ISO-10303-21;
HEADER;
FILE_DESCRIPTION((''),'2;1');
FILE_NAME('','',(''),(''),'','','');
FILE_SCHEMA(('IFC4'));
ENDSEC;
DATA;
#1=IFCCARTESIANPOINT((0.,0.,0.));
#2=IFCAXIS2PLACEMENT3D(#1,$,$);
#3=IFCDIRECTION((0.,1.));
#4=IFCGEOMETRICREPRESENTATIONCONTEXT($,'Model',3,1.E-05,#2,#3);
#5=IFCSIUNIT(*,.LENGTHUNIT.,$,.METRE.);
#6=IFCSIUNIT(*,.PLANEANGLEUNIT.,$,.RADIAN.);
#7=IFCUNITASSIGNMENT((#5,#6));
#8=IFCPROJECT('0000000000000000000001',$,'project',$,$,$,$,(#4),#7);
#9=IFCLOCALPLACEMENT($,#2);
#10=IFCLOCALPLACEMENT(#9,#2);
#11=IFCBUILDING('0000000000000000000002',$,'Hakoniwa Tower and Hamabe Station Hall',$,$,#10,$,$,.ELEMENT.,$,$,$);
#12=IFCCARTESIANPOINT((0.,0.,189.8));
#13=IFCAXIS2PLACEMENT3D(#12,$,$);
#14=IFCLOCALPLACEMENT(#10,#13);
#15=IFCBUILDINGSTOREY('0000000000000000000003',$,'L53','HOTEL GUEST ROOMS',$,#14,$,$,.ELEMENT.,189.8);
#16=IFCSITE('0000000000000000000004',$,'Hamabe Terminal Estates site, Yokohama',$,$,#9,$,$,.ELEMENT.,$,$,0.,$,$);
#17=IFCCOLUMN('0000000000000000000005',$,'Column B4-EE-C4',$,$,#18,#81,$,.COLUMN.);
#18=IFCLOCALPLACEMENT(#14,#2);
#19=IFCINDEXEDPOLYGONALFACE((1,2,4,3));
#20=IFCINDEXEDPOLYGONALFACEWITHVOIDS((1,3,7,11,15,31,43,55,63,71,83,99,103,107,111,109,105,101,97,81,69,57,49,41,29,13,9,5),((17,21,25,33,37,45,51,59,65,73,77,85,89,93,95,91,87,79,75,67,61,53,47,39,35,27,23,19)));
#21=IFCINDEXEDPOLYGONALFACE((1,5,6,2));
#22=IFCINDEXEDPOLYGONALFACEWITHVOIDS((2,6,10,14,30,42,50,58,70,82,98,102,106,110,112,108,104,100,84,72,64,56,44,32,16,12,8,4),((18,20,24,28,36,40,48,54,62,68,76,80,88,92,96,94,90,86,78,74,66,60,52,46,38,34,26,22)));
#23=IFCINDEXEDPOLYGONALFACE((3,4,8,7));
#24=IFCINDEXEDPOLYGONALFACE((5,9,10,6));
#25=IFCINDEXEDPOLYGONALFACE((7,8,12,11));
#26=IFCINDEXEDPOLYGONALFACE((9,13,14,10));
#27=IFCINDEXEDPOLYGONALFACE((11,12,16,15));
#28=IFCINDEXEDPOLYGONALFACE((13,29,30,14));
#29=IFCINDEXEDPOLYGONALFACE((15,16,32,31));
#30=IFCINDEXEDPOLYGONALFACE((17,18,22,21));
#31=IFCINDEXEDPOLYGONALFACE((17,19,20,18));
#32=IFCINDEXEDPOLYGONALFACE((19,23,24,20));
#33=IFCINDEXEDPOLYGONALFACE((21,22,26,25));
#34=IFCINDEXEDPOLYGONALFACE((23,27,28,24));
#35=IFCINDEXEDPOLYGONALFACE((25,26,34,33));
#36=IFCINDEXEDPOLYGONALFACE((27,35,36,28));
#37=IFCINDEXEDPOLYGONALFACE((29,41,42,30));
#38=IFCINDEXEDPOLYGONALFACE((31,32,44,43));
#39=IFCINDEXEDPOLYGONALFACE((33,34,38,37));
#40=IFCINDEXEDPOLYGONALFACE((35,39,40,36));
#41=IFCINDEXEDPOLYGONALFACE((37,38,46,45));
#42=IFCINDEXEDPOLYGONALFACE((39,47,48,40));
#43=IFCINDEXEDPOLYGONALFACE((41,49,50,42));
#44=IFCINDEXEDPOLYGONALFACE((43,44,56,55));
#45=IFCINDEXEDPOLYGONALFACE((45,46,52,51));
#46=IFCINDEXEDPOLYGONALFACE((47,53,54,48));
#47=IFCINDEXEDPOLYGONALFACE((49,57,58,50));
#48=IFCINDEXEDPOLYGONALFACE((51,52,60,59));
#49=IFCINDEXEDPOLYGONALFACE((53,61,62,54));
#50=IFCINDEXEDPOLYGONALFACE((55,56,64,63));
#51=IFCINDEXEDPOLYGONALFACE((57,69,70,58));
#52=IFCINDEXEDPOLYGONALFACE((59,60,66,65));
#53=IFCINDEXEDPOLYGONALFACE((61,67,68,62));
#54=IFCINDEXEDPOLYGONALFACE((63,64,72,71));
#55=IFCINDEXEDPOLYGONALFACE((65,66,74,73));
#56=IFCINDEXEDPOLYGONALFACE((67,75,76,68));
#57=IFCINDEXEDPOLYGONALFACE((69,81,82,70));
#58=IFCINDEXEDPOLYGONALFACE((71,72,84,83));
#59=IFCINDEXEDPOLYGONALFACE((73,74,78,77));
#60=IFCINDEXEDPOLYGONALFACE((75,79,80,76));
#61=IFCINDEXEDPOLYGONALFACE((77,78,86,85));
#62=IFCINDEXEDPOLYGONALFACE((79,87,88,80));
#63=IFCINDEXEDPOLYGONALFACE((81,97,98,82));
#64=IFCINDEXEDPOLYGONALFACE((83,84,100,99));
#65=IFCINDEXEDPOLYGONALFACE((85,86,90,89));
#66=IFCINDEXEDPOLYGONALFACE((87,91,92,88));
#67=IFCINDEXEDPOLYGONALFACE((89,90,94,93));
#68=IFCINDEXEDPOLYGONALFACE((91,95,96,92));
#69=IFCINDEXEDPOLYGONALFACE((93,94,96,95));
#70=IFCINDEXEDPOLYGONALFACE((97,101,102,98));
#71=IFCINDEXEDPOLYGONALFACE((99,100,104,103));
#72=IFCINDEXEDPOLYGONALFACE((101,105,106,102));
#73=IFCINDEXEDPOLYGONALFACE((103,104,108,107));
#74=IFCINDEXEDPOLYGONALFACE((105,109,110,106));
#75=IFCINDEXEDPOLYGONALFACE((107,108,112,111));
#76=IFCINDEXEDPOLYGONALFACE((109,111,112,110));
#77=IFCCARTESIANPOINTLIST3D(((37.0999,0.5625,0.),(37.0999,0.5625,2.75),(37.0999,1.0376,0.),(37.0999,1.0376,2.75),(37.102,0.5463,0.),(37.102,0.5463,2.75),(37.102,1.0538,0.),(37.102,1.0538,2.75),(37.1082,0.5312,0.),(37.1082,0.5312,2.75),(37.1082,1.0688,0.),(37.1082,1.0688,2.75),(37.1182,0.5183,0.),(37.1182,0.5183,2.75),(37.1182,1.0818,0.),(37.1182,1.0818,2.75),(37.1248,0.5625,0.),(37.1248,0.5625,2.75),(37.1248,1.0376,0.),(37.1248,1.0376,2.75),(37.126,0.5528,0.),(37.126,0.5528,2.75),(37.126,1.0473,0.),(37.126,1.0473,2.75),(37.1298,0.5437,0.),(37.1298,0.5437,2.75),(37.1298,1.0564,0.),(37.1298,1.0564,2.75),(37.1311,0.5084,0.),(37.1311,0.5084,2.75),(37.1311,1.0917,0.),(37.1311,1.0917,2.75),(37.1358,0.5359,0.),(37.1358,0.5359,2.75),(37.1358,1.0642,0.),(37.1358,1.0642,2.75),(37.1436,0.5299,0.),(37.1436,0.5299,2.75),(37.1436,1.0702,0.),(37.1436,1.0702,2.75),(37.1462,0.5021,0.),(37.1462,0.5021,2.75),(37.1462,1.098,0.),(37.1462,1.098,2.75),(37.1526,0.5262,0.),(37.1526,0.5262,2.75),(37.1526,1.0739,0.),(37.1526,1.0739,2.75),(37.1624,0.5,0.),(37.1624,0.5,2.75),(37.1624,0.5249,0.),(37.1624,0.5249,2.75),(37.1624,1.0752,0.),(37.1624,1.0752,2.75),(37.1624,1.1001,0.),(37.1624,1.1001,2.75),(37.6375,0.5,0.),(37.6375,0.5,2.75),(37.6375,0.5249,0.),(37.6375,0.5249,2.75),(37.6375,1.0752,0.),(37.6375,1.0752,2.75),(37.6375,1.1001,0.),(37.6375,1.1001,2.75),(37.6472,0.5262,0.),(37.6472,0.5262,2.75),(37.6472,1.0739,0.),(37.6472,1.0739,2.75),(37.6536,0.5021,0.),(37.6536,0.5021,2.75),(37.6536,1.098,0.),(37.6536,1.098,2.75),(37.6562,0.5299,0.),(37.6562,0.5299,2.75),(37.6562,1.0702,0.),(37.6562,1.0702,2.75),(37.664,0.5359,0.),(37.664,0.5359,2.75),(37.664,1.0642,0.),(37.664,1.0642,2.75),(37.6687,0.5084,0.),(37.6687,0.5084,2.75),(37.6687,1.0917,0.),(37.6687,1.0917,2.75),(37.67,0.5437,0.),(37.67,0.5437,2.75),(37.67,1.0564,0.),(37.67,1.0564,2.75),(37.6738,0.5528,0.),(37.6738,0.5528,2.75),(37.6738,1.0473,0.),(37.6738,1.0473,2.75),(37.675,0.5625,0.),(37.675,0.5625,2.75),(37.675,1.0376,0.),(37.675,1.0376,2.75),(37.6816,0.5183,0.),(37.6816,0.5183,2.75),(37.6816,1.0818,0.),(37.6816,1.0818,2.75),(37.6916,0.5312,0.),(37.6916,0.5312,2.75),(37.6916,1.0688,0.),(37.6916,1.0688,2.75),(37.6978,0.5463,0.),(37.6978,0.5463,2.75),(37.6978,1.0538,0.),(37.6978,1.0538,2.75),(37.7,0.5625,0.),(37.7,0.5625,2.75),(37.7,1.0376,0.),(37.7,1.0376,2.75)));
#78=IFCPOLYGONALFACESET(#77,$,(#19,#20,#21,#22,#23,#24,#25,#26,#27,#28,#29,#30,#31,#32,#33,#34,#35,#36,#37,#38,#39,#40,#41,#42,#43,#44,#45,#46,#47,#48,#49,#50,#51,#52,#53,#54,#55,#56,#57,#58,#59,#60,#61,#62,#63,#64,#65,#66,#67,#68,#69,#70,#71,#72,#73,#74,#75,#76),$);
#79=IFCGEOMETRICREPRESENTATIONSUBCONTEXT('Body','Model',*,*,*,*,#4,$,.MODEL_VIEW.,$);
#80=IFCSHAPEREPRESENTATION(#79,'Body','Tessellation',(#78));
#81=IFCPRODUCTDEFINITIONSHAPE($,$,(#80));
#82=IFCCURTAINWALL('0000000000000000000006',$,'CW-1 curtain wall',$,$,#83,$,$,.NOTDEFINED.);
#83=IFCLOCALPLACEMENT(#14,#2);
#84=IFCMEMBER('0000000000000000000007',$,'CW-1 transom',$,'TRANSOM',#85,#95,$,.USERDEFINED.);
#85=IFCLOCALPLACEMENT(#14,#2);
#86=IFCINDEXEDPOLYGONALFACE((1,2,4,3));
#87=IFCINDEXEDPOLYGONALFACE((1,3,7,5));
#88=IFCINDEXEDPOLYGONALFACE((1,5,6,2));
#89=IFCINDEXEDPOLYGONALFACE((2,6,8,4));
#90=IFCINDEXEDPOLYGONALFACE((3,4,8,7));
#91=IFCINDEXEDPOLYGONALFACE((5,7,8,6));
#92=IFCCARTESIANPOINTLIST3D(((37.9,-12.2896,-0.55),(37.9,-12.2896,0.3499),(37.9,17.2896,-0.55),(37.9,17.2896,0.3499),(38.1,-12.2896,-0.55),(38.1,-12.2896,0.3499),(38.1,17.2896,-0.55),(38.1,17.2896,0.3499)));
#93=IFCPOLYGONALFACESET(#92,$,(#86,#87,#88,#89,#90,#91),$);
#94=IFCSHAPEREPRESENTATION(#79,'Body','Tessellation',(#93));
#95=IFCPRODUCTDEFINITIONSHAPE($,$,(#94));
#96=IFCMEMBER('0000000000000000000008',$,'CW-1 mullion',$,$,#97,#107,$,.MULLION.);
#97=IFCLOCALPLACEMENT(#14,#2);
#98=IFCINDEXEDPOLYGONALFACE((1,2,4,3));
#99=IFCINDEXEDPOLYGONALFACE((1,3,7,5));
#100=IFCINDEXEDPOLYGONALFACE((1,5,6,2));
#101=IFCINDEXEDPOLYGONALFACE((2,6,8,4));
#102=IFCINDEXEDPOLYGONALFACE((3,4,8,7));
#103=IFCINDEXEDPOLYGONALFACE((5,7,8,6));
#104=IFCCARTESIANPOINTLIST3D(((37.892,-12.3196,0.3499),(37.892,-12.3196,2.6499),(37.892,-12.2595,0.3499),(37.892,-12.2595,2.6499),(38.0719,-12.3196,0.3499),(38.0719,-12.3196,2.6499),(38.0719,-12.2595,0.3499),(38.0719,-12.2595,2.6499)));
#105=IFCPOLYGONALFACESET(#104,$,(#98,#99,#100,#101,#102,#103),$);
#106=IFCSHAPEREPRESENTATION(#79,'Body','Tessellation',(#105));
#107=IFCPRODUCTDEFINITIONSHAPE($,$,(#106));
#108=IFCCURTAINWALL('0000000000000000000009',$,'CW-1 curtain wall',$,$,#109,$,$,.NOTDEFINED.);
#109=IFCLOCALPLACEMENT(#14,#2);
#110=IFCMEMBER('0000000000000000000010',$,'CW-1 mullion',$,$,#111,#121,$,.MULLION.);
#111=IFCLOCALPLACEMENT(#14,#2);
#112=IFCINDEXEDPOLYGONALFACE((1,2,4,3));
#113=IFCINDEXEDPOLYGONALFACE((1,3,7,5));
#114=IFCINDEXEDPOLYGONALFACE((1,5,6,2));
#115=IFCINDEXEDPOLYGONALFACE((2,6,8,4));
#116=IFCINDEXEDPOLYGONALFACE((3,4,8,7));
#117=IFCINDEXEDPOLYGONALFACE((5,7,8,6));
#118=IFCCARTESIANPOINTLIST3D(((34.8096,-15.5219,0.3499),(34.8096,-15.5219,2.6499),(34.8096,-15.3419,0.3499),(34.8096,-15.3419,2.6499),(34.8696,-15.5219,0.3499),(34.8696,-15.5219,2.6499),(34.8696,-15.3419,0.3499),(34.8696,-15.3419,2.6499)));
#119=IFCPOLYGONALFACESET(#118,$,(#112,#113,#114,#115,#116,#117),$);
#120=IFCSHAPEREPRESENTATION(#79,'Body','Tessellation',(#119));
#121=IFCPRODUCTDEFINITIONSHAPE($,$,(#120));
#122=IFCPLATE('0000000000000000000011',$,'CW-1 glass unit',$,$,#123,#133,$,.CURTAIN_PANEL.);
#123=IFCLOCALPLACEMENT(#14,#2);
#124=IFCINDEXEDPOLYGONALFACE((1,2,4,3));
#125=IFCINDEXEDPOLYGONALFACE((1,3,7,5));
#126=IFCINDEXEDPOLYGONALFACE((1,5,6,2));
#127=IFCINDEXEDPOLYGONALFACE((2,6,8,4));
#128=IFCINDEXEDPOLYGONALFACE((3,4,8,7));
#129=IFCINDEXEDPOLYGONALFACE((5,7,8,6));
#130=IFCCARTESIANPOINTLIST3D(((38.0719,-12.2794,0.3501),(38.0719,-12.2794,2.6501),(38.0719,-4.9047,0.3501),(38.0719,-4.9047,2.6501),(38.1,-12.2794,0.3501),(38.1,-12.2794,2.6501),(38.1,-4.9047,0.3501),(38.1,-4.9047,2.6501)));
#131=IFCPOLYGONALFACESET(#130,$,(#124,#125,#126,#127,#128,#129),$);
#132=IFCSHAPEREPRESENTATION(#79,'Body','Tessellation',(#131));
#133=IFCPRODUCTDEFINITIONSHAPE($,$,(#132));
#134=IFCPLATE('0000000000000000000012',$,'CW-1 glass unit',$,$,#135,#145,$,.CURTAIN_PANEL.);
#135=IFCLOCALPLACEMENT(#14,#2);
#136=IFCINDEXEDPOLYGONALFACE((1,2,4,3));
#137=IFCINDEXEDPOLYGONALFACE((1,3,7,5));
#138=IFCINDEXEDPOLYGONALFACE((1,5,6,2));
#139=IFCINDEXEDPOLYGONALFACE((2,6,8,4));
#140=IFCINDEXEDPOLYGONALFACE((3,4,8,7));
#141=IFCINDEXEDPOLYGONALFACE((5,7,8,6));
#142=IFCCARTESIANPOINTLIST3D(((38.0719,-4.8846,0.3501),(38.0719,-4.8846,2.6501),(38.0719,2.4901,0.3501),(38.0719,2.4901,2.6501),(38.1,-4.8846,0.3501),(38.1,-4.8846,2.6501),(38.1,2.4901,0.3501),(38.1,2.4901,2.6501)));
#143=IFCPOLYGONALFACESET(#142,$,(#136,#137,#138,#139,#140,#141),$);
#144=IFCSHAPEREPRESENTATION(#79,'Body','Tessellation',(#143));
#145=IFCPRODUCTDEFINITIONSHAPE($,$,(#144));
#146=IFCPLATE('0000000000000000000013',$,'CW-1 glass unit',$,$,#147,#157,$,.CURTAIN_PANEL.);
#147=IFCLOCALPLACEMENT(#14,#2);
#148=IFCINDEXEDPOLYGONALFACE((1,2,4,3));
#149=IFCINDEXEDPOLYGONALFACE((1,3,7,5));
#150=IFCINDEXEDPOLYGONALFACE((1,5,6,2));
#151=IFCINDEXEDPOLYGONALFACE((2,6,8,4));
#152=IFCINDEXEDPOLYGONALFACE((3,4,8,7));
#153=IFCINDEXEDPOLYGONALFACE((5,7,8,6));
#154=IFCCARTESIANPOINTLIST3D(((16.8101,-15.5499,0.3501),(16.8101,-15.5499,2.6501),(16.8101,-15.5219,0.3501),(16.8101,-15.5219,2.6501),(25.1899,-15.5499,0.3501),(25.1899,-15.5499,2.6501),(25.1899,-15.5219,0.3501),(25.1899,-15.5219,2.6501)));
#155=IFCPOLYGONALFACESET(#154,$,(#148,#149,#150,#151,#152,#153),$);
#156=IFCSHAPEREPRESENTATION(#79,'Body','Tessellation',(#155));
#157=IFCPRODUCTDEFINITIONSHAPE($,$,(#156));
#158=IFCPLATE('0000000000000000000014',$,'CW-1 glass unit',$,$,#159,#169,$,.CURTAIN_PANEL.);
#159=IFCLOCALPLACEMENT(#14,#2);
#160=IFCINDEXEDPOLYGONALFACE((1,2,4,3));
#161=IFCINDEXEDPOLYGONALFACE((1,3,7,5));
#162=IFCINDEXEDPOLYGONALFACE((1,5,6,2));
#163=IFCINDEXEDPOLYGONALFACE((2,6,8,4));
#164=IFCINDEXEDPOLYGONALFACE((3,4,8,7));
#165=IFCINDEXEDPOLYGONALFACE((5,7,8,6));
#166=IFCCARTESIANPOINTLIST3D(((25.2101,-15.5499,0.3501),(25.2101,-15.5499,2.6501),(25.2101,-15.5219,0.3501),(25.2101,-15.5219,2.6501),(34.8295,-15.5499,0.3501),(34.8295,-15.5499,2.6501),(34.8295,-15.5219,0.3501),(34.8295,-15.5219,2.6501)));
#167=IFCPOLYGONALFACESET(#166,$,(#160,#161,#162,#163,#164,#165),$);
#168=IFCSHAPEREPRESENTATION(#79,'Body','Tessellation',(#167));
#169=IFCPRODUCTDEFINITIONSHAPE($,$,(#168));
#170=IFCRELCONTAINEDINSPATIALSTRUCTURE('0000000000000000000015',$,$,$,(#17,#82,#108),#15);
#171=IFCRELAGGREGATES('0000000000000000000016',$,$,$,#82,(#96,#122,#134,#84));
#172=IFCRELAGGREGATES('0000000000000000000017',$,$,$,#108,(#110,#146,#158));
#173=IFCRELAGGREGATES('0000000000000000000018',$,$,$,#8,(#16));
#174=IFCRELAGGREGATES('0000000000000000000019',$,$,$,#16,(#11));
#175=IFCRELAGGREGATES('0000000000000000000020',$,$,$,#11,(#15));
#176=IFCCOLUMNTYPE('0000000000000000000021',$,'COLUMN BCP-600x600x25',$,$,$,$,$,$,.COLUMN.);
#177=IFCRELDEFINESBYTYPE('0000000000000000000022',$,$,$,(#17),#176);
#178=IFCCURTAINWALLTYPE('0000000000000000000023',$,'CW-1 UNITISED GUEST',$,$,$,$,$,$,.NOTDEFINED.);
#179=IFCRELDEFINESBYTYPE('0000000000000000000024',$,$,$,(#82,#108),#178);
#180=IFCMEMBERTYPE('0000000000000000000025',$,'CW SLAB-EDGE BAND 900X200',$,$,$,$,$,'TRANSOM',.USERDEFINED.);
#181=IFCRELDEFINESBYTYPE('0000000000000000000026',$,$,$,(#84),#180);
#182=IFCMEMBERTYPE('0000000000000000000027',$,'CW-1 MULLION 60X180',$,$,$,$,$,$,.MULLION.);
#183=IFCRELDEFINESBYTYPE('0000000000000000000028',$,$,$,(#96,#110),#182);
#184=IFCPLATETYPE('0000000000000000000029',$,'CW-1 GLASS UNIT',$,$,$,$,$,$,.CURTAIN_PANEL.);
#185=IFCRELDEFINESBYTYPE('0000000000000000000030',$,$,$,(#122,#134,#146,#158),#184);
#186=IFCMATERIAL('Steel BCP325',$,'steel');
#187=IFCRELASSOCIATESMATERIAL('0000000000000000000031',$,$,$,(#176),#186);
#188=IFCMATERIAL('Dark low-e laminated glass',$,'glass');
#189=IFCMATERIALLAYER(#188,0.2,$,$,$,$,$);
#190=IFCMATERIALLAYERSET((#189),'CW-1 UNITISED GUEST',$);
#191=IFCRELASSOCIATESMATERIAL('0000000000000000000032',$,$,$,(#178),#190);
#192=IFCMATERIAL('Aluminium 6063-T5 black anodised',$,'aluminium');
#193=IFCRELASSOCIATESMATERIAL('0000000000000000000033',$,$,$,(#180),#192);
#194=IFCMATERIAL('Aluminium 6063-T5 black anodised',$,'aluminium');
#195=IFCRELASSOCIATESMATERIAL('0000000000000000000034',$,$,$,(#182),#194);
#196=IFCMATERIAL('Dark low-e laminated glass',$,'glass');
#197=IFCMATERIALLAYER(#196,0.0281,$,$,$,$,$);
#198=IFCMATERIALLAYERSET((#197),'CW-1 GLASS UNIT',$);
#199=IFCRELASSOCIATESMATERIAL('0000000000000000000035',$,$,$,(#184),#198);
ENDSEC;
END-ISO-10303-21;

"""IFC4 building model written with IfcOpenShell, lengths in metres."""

from ifc_helpers import new_model, si_unit, direction, frame, origin, origin_2d, place, context, subcontext, project, spatial, rectangle, hollow_rectangle, extrude, material, layer, layer_set, material_profile, profile_set, type_object, element, aggregate, save


model = new_model("IFC4")

# Units and contexts
model_context = context("Model", 3, precision=1e-05, world=origin(), true_north=direction((0.0, 1.0)))
body_context = subcontext(model_context, "Body", "Model", "MODEL_VIEW")
ifc_project = project(units=[si_unit("LENGTHUNIT", "METRE"), si_unit("PLANEANGLEUNIT", "RADIAN")], contexts=[model_context])

# Site, building, storey
site_placement = place(None, origin())
site = spatial("IfcSite", under=ifc_project, at=site_placement, Name="Hamabe Terminal Estates site, Yokohama", CompositionType="ELEMENT", RefElevation=0.0)
building_placement = place(site_placement, origin())
building = spatial("IfcBuilding", under=site, at=building_placement, Name="Hakoniwa Tower and Hamabe Station Hall", CompositionType="ELEMENT")
storey_placement = place(building_placement, frame((0.0, 0.0, 189.8)))
storey = spatial("IfcBuildingStorey", under=building, at=storey_placement, Name="L53", Description="HOTEL GUEST ROOMS", CompositionType="ELEMENT", Elevation=189.8)

# Column
ifc_material_1 = material(Name="Steel BCP325", Category="steel")
ifc_material_profile_1 = material_profile(ifc_material_1, hollow_rectangle(XDim=0.6001, YDim=0.6001, WallThickness=0.0249, InnerFilletRadius=0.0376, OuterFilletRadius=0.0625, at=origin_2d()), Name="BCP-600x600x25")
ifc_profile_set_1 = profile_set([ifc_material_profile_1], Name="Steel BCP325")
column_type = type_object("IfcColumnType", Name="COLUMN BCP-600x600x25", PredefinedType="COLUMN", material=ifc_profile_set_1)
for number, where, z_axis, x_axis, name in (
    (1, (37.3999, 0.8, 0.0), (0.0, 0.0, 1.0), (1.0, 0.0, 0.0), "Column B4-EE-C4"),
):
    element("IfcColumn", number, at=place(storey_placement, frame(where, z_axis=z_axis, x_axis=x_axis)), inside=storey, type_object=column_type, Name=name, PredefinedType="COLUMN", context=body_context, shape_type="SweptSolid", body=[
        extrude(hollow_rectangle(XDim=0.6001, YDim=0.6001, WallThickness=0.0249, InnerFilletRadius=0.0376, OuterFilletRadius=0.0625, at=origin_2d()), origin(), (0.0, 0.0, 1.0), 2.75),
    ])

# Curtain wall, members
ifc_material_2 = material(Name="Dark low-e laminated glass", Category="glass")
ifc_layer_1 = layer(ifc_material_2, 0.2)
ifc_layer_set_1 = layer_set([ifc_layer_1], Name="CW-1 UNITISED GUEST")
curtain_wall_type = type_object("IfcCurtainWallType", Name="CW-1 UNITISED GUEST", PredefinedType="NOTDEFINED", material=ifc_layer_set_1)
curtain_wall_1_placement = place(storey_placement, origin())
curtain_wall_1 = element("IfcCurtainWall", 2, at=curtain_wall_1_placement, inside=storey, type_object=curtain_wall_type, Name="CW-1 curtain wall", PredefinedType="NOTDEFINED")
ifc_material_3 = material(Name="Aluminium 6063-T5 black anodised", Category="aluminium")
ifc_material_profile_2 = material_profile(ifc_material_3, rectangle(XDim=0.2, YDim=0.8999, at=origin_2d()), Name="CW SLAB-EDGE BAND 900X200")
ifc_profile_set_2 = profile_set([ifc_material_profile_2], Name="Aluminium 6063-T5 black anodised")
member_type_1 = type_object("IfcMemberType", Name="CW SLAB-EDGE BAND 900X200", ElementType="TRANSOM", PredefinedType="USERDEFINED", material=ifc_profile_set_2)
member_1_placement = place(storey_placement, frame((38.0, -12.2896, -0.1001), z_axis=(0.0, 1.0, 0.0), x_axis=(-1.0, 0.0, 0.0)))
member_1 = element("IfcMember", 3, at=member_1_placement, type_object=member_type_1, Name="CW-1 transom", ObjectType="TRANSOM", PredefinedType="USERDEFINED", context=body_context, shape_type="SweptSolid", body=[
    extrude(rectangle(XDim=0.2, YDim=0.8999, at=origin_2d()), origin(), (0.0, 0.0, 1.0), 29.5791),
])
ifc_material_4 = material(Name="Aluminium 6063-T5 black anodised", Category="aluminium")
ifc_material_profile_3 = material_profile(ifc_material_4, rectangle(XDim=0.0601, YDim=0.1799, at=origin_2d()), Name="CW-1 MULLION 60X180")
ifc_profile_set_3 = profile_set([ifc_material_profile_3], Name="Aluminium 6063-T5 black anodised")
member_type_2 = type_object("IfcMemberType", Name="CW-1 MULLION 60X180", PredefinedType="MULLION", material=ifc_profile_set_3)
member_2_placement = place(storey_placement, frame((37.9819, -12.2896, 0.3499), z_axis=(0.0, 0.0, 1.0), x_axis=(0.0, 1.0, 0.0)))
member_2 = element("IfcMember", 4, at=member_2_placement, type_object=member_type_2, Name="CW-1 mullion", PredefinedType="MULLION", context=body_context, shape_type="SweptSolid", body=[
    extrude(rectangle(XDim=0.0601, YDim=0.1799, at=origin_2d()), origin(), (0.0, 0.0, 1.0), 2.3),
])

# Curtain wall, member
curtain_wall_2_placement = place(storey_placement, origin())
curtain_wall_2 = element("IfcCurtainWall", 5, at=curtain_wall_2_placement, inside=storey, type_object=curtain_wall_type, Name="CW-1 curtain wall", PredefinedType="NOTDEFINED")
member_3_placement = place(storey_placement, frame((34.8396, -15.4319, 0.3499), z_axis=(0.0, 0.0, 1.0), x_axis=(1.0, 0.0, 0.0)))
member_3 = element("IfcMember", 6, at=member_3_placement, type_object=member_type_2, Name="CW-1 mullion", PredefinedType="MULLION", context=body_context, shape_type="SweptSolid", body=[
    extrude(rectangle(XDim=0.0601, YDim=0.1799, at=origin_2d()), origin(), (0.0, 0.0, 1.0), 2.3),
])

# Plates
ifc_material_5 = material(Name="Dark low-e laminated glass", Category="glass")
ifc_layer_2 = layer(ifc_material_5, 0.0281)
ifc_layer_set_2 = layer_set([ifc_layer_2], Name="CW-1 GLASS UNIT")
plate_type = type_object("IfcPlateType", Name="CW-1 GLASS UNIT", PredefinedType="CURTAIN_PANEL", material=ifc_layer_set_2)
plate_1_placement = place(storey_placement, frame((38.0859, -8.592, 0.3501), z_axis=(0.0, 0.0, 1.0), x_axis=(0.0, 1.0, 0.0)))
plate_1 = element("IfcPlate", 7, at=plate_1_placement, type_object=plate_type, Name="CW-1 glass unit", PredefinedType="CURTAIN_PANEL", context=body_context, shape_type="SweptSolid", body=[
    extrude(rectangle(XDim=7.3748, YDim=0.0281, at=origin_2d()), origin(), (0.0, 0.0, 1.0), 2.3),
])
plate_2_placement = place(storey_placement, frame((38.0859, -1.1973, 0.3501), z_axis=(0.0, 0.0, 1.0), x_axis=(0.0, 1.0, 0.0)))
plate_2 = element("IfcPlate", 8, at=plate_2_placement, type_object=plate_type, Name="CW-1 glass unit", PredefinedType="CURTAIN_PANEL", context=body_context, shape_type="SweptSolid", body=[
    extrude(rectangle(XDim=7.3748, YDim=0.0281, at=origin_2d()), origin(), (0.0, 0.0, 1.0), 2.3),
])
aggregate(curtain_wall_1, [member_2, plate_1, plate_2, member_1])
plate_3_placement = place(storey_placement, frame((21.0, -15.5359, 0.3501), z_axis=(0.0, 0.0, 1.0), x_axis=(1.0, 0.0, 0.0)))
plate_3 = element("IfcPlate", 9, at=plate_3_placement, type_object=plate_type, Name="CW-1 glass unit", PredefinedType="CURTAIN_PANEL", context=body_context, shape_type="SweptSolid", body=[
    extrude(rectangle(XDim=8.3799, YDim=0.0281, at=origin_2d()), origin(), (0.0, 0.0, 1.0), 2.3),
])
plate_4_placement = place(storey_placement, frame((30.0198, -15.5359, 0.3501), z_axis=(0.0, 0.0, 1.0), x_axis=(1.0, 0.0, 0.0)))
plate_4 = element("IfcPlate", 10, at=plate_4_placement, type_object=plate_type, Name="CW-1 glass unit", PredefinedType="CURTAIN_PANEL", context=body_context, shape_type="SweptSolid", body=[
    extrude(rectangle(XDim=9.6194, YDim=0.0281, at=origin_2d()), origin(), (0.0, 0.0, 1.0), 2.3),
])
aggregate(curtain_wall_2, [member_3, plate_3, plate_4])

save(model, "model.ifc")
